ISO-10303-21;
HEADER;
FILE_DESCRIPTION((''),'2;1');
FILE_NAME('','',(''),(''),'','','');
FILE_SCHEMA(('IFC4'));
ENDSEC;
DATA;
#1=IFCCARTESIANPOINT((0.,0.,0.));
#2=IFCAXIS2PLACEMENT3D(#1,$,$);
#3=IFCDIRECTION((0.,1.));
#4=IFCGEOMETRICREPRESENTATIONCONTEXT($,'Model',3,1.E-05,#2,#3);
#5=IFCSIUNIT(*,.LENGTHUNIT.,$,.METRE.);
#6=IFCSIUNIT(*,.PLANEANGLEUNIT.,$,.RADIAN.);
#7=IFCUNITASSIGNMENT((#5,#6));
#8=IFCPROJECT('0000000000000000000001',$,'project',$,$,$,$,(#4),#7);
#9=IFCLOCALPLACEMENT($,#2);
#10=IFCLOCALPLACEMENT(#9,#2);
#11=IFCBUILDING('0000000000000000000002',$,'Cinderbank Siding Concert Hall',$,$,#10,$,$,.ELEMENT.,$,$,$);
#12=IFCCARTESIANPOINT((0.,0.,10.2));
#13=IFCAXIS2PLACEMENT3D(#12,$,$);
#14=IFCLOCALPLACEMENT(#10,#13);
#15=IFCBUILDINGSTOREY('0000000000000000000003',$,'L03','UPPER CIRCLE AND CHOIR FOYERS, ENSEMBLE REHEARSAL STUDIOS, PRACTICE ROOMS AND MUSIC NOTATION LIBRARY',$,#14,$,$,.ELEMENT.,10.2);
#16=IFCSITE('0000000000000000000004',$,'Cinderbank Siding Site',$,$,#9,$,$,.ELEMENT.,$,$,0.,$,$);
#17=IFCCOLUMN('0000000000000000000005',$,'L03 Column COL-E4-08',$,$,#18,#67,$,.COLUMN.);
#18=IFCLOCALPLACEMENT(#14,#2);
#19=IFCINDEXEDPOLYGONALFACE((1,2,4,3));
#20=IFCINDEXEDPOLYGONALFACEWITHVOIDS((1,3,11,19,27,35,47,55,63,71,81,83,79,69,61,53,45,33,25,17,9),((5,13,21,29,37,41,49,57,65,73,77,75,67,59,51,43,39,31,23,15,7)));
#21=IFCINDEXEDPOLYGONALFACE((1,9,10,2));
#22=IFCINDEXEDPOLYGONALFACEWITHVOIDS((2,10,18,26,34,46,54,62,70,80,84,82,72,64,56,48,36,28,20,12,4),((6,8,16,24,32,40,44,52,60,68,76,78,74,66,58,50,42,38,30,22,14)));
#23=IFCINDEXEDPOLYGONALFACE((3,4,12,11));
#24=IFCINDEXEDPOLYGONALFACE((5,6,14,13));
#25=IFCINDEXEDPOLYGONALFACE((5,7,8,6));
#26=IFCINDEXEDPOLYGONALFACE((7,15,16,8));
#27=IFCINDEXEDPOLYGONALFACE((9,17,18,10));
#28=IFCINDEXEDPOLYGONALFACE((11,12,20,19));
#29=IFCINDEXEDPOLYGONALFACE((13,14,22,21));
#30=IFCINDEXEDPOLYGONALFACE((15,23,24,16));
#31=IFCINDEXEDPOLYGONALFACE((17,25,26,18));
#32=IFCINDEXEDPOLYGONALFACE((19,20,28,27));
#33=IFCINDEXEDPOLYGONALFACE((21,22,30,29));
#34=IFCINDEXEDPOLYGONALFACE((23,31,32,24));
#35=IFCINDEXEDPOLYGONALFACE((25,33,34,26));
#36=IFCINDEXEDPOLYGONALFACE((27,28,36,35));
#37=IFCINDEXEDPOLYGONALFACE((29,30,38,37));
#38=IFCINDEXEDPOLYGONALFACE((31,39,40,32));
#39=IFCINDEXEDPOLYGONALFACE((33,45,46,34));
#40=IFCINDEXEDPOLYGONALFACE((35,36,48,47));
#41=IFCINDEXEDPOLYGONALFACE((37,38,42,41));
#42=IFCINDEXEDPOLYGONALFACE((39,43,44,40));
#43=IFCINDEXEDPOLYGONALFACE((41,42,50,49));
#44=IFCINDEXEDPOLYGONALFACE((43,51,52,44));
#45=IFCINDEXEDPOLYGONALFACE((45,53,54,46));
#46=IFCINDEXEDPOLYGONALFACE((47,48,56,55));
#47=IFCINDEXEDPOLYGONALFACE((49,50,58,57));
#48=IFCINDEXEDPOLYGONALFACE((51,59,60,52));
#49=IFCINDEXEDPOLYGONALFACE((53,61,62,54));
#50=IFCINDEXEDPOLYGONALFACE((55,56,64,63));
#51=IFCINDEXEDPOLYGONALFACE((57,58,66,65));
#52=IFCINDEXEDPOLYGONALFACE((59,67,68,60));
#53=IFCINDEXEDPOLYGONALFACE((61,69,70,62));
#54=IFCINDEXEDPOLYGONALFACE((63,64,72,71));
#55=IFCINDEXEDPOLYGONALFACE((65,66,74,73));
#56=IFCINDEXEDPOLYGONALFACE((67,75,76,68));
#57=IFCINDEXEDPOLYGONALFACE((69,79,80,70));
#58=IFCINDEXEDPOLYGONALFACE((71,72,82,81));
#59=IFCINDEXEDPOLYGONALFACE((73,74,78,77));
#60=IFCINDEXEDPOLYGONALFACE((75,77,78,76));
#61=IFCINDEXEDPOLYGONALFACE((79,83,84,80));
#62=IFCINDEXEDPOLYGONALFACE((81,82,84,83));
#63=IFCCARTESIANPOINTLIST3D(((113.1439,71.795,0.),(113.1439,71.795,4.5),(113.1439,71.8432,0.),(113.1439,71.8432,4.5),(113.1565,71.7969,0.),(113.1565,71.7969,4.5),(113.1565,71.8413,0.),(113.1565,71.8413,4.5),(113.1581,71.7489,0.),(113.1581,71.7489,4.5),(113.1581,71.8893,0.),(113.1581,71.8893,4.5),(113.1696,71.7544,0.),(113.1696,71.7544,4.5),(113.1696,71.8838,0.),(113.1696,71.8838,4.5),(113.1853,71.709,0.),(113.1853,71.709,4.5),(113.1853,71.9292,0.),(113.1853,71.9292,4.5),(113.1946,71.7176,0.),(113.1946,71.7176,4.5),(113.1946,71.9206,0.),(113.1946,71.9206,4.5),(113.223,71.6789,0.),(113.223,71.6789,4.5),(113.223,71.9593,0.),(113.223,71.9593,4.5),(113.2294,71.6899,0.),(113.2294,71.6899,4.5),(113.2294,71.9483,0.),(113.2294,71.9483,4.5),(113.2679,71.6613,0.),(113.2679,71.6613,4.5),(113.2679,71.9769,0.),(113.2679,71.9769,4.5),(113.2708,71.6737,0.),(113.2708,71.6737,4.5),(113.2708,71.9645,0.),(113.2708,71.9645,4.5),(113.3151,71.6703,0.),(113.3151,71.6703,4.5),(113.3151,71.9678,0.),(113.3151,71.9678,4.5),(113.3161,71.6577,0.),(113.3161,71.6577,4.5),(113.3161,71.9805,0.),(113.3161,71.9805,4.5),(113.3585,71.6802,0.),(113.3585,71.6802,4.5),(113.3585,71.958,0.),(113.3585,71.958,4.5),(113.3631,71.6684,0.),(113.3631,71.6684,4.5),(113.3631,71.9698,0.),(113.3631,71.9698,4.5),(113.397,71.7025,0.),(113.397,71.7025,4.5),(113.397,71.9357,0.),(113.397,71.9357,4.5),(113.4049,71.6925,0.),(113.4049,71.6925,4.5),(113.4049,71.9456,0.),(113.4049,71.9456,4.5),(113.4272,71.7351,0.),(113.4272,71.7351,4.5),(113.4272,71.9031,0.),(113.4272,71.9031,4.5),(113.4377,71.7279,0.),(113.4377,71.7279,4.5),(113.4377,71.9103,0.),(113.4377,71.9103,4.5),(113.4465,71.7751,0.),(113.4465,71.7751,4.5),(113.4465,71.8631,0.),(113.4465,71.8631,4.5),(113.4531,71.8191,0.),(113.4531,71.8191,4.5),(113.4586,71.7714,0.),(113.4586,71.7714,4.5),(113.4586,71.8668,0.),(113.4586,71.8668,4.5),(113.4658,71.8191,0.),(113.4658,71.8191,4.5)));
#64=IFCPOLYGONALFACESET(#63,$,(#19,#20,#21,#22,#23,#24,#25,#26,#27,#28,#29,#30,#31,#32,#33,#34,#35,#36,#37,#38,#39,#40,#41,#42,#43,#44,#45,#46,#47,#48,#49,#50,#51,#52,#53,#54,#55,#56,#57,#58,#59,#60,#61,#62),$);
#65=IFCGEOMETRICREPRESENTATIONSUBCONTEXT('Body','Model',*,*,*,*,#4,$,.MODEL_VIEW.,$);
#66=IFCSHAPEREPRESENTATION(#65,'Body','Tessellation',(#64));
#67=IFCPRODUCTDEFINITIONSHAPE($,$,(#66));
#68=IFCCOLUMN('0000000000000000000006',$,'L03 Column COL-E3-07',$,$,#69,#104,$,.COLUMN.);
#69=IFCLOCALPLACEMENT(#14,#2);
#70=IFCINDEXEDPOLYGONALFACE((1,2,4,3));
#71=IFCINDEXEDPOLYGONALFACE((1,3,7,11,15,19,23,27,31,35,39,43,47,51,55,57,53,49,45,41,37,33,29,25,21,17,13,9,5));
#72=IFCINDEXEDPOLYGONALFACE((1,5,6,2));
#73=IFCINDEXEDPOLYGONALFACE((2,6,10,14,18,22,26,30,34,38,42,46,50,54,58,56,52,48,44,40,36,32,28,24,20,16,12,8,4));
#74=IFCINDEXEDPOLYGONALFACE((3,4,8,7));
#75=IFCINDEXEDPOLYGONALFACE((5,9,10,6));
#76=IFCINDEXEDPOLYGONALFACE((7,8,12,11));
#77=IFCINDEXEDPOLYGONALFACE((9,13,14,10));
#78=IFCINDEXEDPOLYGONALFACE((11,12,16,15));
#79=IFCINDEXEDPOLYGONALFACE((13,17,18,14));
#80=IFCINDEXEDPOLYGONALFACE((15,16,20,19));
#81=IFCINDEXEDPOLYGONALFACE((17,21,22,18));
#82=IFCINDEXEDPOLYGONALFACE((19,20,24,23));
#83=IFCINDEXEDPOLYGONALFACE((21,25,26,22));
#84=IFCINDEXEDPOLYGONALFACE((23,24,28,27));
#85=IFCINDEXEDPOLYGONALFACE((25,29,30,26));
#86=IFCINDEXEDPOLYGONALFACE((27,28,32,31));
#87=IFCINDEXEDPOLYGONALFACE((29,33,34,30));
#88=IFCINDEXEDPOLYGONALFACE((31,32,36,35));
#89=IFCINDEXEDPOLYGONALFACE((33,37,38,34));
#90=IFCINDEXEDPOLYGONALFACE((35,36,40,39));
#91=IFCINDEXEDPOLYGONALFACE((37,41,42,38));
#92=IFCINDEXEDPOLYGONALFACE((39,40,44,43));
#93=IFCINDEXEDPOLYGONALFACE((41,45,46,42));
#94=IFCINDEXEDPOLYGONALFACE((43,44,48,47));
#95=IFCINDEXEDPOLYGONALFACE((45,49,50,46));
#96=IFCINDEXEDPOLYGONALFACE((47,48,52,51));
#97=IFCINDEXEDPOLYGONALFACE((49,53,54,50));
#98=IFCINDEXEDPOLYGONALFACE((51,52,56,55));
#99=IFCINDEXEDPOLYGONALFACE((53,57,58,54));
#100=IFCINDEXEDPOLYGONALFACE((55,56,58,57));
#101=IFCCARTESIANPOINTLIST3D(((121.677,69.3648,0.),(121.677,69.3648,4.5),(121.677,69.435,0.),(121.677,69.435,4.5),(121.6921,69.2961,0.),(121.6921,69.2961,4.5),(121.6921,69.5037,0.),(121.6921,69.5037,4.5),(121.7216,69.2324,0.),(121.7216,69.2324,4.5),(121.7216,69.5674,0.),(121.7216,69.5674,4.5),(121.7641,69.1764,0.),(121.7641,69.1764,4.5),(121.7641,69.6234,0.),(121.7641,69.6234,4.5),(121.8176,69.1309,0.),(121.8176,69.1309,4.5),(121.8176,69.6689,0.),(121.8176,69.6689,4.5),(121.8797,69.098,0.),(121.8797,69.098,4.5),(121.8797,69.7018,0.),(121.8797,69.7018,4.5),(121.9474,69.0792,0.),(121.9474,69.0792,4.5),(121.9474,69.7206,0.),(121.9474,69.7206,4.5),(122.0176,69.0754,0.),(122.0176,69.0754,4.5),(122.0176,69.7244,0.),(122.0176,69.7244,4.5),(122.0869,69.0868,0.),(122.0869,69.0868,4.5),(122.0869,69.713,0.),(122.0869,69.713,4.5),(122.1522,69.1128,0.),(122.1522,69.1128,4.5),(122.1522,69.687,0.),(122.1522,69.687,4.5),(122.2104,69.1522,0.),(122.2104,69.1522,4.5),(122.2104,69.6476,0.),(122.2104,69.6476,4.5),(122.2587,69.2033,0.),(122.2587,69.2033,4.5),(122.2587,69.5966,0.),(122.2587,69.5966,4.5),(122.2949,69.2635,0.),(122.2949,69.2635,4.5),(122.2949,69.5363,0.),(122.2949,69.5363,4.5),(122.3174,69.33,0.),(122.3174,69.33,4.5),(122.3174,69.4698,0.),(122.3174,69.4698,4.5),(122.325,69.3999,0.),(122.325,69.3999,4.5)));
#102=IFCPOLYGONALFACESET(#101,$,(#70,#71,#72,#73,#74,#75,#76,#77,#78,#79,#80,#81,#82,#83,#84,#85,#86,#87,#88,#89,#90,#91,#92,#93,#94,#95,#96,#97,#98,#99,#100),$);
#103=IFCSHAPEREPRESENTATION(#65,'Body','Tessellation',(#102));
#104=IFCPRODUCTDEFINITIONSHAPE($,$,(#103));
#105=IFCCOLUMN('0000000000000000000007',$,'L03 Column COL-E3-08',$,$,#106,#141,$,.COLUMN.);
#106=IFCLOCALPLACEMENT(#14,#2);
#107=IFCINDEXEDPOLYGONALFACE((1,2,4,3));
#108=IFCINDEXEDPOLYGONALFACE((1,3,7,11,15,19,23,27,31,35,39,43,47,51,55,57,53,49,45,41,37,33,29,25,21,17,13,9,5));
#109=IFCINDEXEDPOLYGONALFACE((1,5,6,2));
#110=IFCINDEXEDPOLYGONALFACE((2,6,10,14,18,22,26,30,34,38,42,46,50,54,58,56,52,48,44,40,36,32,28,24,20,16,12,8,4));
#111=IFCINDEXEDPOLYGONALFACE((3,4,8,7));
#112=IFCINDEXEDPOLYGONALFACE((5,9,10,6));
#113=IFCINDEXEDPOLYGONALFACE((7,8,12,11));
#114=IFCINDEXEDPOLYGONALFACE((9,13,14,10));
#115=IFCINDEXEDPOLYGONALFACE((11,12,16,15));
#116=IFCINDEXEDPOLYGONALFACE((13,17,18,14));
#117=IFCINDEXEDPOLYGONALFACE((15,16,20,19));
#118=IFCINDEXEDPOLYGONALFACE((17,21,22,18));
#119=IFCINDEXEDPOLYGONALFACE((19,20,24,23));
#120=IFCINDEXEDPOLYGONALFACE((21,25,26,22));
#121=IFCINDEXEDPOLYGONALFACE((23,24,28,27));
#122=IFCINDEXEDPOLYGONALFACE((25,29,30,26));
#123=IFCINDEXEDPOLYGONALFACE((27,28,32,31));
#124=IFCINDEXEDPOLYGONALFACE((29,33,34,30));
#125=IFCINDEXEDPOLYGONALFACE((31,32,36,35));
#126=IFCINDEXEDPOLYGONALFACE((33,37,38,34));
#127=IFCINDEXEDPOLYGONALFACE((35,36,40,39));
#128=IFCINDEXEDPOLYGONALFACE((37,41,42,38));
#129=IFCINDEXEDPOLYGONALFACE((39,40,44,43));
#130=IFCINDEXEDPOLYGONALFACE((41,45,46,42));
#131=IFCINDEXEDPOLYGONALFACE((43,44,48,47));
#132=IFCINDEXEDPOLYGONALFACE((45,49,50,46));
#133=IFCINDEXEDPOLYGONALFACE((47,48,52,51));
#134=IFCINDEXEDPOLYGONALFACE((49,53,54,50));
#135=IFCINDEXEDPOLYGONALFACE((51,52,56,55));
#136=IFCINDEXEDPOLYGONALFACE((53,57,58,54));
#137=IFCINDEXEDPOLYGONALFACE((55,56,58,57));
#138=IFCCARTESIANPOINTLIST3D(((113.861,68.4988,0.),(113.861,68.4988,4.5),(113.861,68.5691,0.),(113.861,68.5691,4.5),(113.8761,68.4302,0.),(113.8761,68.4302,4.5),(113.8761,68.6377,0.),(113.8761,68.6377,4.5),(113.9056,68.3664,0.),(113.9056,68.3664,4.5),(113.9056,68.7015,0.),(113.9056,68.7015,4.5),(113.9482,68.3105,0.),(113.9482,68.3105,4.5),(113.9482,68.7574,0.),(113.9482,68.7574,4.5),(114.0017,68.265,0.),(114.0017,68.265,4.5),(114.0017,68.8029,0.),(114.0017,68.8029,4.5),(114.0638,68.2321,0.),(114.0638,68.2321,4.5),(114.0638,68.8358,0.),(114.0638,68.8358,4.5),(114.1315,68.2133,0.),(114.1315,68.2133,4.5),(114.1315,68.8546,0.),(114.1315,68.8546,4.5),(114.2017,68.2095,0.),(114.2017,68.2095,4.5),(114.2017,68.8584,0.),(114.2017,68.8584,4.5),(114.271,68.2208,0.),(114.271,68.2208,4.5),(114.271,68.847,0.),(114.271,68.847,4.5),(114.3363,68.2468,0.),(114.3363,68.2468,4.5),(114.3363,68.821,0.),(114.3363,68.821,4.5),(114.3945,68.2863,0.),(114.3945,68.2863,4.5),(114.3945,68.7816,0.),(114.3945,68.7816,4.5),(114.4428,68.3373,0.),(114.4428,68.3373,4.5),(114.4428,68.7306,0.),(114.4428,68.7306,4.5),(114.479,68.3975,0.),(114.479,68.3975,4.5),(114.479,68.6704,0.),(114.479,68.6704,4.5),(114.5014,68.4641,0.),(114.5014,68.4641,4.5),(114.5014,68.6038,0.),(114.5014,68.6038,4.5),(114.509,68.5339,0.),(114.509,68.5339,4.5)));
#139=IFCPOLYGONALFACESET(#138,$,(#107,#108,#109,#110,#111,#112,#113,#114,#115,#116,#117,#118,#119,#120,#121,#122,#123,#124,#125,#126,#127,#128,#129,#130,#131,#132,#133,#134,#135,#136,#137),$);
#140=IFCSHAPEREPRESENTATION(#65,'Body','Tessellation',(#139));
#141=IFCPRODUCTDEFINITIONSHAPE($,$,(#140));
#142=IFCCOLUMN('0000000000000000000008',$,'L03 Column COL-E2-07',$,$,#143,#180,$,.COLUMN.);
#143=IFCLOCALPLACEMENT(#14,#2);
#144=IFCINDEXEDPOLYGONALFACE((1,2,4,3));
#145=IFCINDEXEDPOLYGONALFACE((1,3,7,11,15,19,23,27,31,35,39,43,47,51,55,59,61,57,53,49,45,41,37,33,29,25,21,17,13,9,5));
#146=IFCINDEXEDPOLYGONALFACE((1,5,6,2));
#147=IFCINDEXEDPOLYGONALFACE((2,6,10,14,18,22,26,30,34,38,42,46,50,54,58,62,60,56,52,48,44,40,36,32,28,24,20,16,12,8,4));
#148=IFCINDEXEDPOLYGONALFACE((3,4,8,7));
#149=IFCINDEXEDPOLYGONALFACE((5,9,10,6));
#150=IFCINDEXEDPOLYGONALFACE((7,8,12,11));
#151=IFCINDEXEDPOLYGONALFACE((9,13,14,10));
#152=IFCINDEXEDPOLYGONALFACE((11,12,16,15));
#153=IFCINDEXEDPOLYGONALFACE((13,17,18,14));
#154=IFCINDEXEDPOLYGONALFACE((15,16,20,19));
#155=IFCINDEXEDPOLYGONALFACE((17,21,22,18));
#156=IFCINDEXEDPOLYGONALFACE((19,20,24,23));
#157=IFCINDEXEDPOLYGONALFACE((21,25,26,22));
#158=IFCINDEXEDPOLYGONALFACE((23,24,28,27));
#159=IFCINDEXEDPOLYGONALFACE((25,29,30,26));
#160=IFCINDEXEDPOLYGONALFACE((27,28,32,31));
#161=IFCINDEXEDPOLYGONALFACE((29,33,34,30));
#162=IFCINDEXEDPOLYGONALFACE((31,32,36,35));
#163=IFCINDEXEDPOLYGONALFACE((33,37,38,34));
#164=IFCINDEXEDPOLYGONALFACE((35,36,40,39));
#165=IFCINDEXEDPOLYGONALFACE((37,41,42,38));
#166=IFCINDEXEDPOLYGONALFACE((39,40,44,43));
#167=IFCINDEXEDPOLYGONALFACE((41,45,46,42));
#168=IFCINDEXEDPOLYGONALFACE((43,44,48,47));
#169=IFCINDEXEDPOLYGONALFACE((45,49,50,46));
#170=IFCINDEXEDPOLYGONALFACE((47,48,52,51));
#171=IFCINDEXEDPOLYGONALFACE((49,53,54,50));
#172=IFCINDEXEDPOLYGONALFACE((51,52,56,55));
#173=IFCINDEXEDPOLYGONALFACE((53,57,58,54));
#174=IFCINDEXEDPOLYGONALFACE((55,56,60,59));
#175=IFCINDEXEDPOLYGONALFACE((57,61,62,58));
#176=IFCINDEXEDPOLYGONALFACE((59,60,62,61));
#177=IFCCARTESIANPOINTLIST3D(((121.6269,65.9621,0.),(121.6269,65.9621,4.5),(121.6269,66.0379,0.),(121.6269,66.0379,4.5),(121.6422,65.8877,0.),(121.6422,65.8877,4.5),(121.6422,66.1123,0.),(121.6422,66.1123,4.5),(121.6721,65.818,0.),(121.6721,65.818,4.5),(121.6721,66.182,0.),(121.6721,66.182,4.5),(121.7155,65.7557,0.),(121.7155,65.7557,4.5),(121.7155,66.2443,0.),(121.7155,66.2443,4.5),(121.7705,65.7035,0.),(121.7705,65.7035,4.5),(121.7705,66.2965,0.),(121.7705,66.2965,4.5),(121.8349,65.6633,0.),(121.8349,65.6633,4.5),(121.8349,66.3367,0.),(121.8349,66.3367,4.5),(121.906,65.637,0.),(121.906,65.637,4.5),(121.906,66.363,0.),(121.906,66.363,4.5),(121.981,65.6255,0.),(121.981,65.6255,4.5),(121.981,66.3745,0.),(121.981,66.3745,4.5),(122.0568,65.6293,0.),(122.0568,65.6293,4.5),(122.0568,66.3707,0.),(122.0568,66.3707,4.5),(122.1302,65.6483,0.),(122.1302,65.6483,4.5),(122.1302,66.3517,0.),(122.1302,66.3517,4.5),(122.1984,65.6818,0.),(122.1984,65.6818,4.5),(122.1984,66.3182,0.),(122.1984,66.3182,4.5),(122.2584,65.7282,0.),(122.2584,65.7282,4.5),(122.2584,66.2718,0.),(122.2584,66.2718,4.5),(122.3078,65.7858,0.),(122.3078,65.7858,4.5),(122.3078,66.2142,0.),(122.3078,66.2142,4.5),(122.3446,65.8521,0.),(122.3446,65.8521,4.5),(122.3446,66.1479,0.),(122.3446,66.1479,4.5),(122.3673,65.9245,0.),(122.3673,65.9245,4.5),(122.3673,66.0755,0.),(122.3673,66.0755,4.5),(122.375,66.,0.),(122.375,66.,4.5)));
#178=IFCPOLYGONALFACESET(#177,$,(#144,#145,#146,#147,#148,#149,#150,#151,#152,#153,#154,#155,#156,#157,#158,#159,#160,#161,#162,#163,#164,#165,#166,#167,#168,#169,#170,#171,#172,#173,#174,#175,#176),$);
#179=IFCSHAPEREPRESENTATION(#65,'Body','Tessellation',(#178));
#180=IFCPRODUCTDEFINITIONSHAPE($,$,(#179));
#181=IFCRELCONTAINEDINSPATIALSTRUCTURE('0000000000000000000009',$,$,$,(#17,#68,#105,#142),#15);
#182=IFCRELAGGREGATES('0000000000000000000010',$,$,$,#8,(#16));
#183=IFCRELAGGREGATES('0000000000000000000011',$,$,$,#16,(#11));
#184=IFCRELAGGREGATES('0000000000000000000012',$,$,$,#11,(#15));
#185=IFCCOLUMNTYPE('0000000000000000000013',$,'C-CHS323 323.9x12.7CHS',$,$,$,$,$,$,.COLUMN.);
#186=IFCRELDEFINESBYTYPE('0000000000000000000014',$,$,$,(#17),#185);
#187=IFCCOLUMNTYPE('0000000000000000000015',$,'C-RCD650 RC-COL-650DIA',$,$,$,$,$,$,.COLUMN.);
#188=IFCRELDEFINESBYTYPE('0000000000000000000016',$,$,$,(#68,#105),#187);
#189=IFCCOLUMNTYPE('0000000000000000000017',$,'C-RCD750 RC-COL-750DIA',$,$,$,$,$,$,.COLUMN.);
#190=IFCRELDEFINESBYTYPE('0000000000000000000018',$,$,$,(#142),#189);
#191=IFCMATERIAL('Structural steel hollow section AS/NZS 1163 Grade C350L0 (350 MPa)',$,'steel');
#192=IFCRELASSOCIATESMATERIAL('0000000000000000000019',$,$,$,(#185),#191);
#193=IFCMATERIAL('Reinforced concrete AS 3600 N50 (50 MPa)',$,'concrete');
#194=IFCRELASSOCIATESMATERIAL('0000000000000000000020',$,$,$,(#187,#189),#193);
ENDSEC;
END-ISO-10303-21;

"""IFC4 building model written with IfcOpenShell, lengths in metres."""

from ifc_helpers import new_model, si_unit, direction, frame, origin, origin_2d, place, context, subcontext, project, spatial, circle, hollow_circle, extrude, material, material_profile, profile_set, type_object, element, save


model = new_model("IFC4")

# Units and contexts
model_context = context("Model", 3, precision=1e-05, world=origin(), true_north=direction((0.0, 1.0)))
body_context = subcontext(model_context, "Body", "Model", "MODEL_VIEW")
ifc_project = project(units=[si_unit("LENGTHUNIT", "METRE"), si_unit("PLANEANGLEUNIT", "RADIAN")], contexts=[model_context])

# Site, building, storey
site_placement = place(None, origin())
site = spatial("IfcSite", under=ifc_project, at=site_placement, Name="Cinderbank Siding Site", CompositionType="ELEMENT", RefElevation=0.0)
building_placement = place(site_placement, origin())
building = spatial("IfcBuilding", under=site, at=building_placement, Name="Cinderbank Siding Concert Hall", CompositionType="ELEMENT")
storey_placement = place(building_placement, frame((0.0, 0.0, 10.2)))
storey = spatial("IfcBuildingStorey", under=building, at=storey_placement, Name="L03", Description="UPPER CIRCLE AND CHOIR FOYERS, ENSEMBLE REHEARSAL STUDIOS, PRACTICE ROOMS AND MUSIC NOTATION LIBRARY", CompositionType="ELEMENT", Elevation=10.2)

# Columns
ifc_material_1 = material(Name="Structural steel hollow section AS/NZS 1163 Grade C350L0 (350 MPa)", Category="steel")
ifc_material_profile_1 = material_profile(ifc_material_1, hollow_circle(Radius=0.1619, WallThickness=0.0127, at=origin_2d()), Name="323.9x12.7CHS", Category="LoadBearing")
ifc_profile_set_1 = profile_set([ifc_material_profile_1], Name="Structural steel hollow section AS/NZS 1163 Grade C350L0 (350 MPa)")
column_type_1 = type_object("IfcColumnType", Name="C-CHS323 323.9x12.7CHS", PredefinedType="COLUMN", material=ifc_profile_set_1)
column_placement = place(storey_placement, frame((113.304, 71.8191, 0.0), z_axis=(0.0, 0.0, 1.0), x_axis=(1.0, 0.0, 0.0)))
element("IfcColumn", 1, at=column_placement, inside=storey, type_object=column_type_1, Name="L03 Column COL-E4-08", PredefinedType="COLUMN", context=body_context, shape_type="SweptSolid", body=[
    extrude(hollow_circle(Radius=0.1619, WallThickness=0.0127, at=origin_2d()), origin(), (0.0, 0.0, 1.0), 4.5),
])
ifc_material_2 = material(Name="Reinforced concrete AS 3600 N50 (50 MPa)", Category="concrete")
ifc_material_profile_2 = material_profile(ifc_material_2, circle(Radius=0.325, at=origin_2d()), Name="RC-COL-650DIA", Category="LoadBearing")
ifc_profile_set_2 = profile_set([ifc_material_profile_2], Name="Reinforced concrete AS 3600 N50 (50 MPa)")
column_type_2 = type_object("IfcColumnType", Name="C-RCD650 RC-COL-650DIA", PredefinedType="COLUMN", material=ifc_profile_set_2)
for number, where, z_axis, x_axis, name in (
    (2, (122.0, 69.3999, 0.0), (0.0, 0.0, 1.0), (1.0, 0.0, 0.0), "L03 Column COL-E3-07"),
    (3, (114.1841, 68.5339, 0.0), (0.0, 0.0, 1.0), (1.0, 0.0, 0.0), "L03 Column COL-E3-08"),
):
    element("IfcColumn", number, at=place(storey_placement, frame(where, z_axis=z_axis, x_axis=x_axis)), inside=storey, type_object=column_type_2, Name=name, PredefinedType="COLUMN", context=body_context, shape_type="SweptSolid", body=[
        extrude(circle(Radius=0.325, at=origin_2d()), origin(), (0.0, 0.0, 1.0), 4.5),
    ])
ifc_material_profile_3 = material_profile(ifc_material_2, circle(Radius=0.375, at=origin_2d()), Name="RC-COL-750DIA", Category="LoadBearing")
ifc_profile_set_3 = profile_set([ifc_material_profile_3], Name="Reinforced concrete AS 3600 N50 (50 MPa)")
column_type_3 = type_object("IfcColumnType", Name="C-RCD750 RC-COL-750DIA", PredefinedType="COLUMN", material=ifc_profile_set_3)
for number, where, z_axis, x_axis, name in (
    (4, (122.0, 66.0, 0.0), (0.0, 0.0, 1.0), (1.0, 0.0, 0.0), "L03 Column COL-E2-07"),
):
    element("IfcColumn", number, at=place(storey_placement, frame(where, z_axis=z_axis, x_axis=x_axis)), inside=storey, type_object=column_type_3, Name=name, PredefinedType="COLUMN", context=body_context, shape_type="SweptSolid", body=[
        extrude(circle(Radius=0.375, at=origin_2d()), origin(), (0.0, 0.0, 1.0), 4.5),
    ])

save(model, "model.ifc")
